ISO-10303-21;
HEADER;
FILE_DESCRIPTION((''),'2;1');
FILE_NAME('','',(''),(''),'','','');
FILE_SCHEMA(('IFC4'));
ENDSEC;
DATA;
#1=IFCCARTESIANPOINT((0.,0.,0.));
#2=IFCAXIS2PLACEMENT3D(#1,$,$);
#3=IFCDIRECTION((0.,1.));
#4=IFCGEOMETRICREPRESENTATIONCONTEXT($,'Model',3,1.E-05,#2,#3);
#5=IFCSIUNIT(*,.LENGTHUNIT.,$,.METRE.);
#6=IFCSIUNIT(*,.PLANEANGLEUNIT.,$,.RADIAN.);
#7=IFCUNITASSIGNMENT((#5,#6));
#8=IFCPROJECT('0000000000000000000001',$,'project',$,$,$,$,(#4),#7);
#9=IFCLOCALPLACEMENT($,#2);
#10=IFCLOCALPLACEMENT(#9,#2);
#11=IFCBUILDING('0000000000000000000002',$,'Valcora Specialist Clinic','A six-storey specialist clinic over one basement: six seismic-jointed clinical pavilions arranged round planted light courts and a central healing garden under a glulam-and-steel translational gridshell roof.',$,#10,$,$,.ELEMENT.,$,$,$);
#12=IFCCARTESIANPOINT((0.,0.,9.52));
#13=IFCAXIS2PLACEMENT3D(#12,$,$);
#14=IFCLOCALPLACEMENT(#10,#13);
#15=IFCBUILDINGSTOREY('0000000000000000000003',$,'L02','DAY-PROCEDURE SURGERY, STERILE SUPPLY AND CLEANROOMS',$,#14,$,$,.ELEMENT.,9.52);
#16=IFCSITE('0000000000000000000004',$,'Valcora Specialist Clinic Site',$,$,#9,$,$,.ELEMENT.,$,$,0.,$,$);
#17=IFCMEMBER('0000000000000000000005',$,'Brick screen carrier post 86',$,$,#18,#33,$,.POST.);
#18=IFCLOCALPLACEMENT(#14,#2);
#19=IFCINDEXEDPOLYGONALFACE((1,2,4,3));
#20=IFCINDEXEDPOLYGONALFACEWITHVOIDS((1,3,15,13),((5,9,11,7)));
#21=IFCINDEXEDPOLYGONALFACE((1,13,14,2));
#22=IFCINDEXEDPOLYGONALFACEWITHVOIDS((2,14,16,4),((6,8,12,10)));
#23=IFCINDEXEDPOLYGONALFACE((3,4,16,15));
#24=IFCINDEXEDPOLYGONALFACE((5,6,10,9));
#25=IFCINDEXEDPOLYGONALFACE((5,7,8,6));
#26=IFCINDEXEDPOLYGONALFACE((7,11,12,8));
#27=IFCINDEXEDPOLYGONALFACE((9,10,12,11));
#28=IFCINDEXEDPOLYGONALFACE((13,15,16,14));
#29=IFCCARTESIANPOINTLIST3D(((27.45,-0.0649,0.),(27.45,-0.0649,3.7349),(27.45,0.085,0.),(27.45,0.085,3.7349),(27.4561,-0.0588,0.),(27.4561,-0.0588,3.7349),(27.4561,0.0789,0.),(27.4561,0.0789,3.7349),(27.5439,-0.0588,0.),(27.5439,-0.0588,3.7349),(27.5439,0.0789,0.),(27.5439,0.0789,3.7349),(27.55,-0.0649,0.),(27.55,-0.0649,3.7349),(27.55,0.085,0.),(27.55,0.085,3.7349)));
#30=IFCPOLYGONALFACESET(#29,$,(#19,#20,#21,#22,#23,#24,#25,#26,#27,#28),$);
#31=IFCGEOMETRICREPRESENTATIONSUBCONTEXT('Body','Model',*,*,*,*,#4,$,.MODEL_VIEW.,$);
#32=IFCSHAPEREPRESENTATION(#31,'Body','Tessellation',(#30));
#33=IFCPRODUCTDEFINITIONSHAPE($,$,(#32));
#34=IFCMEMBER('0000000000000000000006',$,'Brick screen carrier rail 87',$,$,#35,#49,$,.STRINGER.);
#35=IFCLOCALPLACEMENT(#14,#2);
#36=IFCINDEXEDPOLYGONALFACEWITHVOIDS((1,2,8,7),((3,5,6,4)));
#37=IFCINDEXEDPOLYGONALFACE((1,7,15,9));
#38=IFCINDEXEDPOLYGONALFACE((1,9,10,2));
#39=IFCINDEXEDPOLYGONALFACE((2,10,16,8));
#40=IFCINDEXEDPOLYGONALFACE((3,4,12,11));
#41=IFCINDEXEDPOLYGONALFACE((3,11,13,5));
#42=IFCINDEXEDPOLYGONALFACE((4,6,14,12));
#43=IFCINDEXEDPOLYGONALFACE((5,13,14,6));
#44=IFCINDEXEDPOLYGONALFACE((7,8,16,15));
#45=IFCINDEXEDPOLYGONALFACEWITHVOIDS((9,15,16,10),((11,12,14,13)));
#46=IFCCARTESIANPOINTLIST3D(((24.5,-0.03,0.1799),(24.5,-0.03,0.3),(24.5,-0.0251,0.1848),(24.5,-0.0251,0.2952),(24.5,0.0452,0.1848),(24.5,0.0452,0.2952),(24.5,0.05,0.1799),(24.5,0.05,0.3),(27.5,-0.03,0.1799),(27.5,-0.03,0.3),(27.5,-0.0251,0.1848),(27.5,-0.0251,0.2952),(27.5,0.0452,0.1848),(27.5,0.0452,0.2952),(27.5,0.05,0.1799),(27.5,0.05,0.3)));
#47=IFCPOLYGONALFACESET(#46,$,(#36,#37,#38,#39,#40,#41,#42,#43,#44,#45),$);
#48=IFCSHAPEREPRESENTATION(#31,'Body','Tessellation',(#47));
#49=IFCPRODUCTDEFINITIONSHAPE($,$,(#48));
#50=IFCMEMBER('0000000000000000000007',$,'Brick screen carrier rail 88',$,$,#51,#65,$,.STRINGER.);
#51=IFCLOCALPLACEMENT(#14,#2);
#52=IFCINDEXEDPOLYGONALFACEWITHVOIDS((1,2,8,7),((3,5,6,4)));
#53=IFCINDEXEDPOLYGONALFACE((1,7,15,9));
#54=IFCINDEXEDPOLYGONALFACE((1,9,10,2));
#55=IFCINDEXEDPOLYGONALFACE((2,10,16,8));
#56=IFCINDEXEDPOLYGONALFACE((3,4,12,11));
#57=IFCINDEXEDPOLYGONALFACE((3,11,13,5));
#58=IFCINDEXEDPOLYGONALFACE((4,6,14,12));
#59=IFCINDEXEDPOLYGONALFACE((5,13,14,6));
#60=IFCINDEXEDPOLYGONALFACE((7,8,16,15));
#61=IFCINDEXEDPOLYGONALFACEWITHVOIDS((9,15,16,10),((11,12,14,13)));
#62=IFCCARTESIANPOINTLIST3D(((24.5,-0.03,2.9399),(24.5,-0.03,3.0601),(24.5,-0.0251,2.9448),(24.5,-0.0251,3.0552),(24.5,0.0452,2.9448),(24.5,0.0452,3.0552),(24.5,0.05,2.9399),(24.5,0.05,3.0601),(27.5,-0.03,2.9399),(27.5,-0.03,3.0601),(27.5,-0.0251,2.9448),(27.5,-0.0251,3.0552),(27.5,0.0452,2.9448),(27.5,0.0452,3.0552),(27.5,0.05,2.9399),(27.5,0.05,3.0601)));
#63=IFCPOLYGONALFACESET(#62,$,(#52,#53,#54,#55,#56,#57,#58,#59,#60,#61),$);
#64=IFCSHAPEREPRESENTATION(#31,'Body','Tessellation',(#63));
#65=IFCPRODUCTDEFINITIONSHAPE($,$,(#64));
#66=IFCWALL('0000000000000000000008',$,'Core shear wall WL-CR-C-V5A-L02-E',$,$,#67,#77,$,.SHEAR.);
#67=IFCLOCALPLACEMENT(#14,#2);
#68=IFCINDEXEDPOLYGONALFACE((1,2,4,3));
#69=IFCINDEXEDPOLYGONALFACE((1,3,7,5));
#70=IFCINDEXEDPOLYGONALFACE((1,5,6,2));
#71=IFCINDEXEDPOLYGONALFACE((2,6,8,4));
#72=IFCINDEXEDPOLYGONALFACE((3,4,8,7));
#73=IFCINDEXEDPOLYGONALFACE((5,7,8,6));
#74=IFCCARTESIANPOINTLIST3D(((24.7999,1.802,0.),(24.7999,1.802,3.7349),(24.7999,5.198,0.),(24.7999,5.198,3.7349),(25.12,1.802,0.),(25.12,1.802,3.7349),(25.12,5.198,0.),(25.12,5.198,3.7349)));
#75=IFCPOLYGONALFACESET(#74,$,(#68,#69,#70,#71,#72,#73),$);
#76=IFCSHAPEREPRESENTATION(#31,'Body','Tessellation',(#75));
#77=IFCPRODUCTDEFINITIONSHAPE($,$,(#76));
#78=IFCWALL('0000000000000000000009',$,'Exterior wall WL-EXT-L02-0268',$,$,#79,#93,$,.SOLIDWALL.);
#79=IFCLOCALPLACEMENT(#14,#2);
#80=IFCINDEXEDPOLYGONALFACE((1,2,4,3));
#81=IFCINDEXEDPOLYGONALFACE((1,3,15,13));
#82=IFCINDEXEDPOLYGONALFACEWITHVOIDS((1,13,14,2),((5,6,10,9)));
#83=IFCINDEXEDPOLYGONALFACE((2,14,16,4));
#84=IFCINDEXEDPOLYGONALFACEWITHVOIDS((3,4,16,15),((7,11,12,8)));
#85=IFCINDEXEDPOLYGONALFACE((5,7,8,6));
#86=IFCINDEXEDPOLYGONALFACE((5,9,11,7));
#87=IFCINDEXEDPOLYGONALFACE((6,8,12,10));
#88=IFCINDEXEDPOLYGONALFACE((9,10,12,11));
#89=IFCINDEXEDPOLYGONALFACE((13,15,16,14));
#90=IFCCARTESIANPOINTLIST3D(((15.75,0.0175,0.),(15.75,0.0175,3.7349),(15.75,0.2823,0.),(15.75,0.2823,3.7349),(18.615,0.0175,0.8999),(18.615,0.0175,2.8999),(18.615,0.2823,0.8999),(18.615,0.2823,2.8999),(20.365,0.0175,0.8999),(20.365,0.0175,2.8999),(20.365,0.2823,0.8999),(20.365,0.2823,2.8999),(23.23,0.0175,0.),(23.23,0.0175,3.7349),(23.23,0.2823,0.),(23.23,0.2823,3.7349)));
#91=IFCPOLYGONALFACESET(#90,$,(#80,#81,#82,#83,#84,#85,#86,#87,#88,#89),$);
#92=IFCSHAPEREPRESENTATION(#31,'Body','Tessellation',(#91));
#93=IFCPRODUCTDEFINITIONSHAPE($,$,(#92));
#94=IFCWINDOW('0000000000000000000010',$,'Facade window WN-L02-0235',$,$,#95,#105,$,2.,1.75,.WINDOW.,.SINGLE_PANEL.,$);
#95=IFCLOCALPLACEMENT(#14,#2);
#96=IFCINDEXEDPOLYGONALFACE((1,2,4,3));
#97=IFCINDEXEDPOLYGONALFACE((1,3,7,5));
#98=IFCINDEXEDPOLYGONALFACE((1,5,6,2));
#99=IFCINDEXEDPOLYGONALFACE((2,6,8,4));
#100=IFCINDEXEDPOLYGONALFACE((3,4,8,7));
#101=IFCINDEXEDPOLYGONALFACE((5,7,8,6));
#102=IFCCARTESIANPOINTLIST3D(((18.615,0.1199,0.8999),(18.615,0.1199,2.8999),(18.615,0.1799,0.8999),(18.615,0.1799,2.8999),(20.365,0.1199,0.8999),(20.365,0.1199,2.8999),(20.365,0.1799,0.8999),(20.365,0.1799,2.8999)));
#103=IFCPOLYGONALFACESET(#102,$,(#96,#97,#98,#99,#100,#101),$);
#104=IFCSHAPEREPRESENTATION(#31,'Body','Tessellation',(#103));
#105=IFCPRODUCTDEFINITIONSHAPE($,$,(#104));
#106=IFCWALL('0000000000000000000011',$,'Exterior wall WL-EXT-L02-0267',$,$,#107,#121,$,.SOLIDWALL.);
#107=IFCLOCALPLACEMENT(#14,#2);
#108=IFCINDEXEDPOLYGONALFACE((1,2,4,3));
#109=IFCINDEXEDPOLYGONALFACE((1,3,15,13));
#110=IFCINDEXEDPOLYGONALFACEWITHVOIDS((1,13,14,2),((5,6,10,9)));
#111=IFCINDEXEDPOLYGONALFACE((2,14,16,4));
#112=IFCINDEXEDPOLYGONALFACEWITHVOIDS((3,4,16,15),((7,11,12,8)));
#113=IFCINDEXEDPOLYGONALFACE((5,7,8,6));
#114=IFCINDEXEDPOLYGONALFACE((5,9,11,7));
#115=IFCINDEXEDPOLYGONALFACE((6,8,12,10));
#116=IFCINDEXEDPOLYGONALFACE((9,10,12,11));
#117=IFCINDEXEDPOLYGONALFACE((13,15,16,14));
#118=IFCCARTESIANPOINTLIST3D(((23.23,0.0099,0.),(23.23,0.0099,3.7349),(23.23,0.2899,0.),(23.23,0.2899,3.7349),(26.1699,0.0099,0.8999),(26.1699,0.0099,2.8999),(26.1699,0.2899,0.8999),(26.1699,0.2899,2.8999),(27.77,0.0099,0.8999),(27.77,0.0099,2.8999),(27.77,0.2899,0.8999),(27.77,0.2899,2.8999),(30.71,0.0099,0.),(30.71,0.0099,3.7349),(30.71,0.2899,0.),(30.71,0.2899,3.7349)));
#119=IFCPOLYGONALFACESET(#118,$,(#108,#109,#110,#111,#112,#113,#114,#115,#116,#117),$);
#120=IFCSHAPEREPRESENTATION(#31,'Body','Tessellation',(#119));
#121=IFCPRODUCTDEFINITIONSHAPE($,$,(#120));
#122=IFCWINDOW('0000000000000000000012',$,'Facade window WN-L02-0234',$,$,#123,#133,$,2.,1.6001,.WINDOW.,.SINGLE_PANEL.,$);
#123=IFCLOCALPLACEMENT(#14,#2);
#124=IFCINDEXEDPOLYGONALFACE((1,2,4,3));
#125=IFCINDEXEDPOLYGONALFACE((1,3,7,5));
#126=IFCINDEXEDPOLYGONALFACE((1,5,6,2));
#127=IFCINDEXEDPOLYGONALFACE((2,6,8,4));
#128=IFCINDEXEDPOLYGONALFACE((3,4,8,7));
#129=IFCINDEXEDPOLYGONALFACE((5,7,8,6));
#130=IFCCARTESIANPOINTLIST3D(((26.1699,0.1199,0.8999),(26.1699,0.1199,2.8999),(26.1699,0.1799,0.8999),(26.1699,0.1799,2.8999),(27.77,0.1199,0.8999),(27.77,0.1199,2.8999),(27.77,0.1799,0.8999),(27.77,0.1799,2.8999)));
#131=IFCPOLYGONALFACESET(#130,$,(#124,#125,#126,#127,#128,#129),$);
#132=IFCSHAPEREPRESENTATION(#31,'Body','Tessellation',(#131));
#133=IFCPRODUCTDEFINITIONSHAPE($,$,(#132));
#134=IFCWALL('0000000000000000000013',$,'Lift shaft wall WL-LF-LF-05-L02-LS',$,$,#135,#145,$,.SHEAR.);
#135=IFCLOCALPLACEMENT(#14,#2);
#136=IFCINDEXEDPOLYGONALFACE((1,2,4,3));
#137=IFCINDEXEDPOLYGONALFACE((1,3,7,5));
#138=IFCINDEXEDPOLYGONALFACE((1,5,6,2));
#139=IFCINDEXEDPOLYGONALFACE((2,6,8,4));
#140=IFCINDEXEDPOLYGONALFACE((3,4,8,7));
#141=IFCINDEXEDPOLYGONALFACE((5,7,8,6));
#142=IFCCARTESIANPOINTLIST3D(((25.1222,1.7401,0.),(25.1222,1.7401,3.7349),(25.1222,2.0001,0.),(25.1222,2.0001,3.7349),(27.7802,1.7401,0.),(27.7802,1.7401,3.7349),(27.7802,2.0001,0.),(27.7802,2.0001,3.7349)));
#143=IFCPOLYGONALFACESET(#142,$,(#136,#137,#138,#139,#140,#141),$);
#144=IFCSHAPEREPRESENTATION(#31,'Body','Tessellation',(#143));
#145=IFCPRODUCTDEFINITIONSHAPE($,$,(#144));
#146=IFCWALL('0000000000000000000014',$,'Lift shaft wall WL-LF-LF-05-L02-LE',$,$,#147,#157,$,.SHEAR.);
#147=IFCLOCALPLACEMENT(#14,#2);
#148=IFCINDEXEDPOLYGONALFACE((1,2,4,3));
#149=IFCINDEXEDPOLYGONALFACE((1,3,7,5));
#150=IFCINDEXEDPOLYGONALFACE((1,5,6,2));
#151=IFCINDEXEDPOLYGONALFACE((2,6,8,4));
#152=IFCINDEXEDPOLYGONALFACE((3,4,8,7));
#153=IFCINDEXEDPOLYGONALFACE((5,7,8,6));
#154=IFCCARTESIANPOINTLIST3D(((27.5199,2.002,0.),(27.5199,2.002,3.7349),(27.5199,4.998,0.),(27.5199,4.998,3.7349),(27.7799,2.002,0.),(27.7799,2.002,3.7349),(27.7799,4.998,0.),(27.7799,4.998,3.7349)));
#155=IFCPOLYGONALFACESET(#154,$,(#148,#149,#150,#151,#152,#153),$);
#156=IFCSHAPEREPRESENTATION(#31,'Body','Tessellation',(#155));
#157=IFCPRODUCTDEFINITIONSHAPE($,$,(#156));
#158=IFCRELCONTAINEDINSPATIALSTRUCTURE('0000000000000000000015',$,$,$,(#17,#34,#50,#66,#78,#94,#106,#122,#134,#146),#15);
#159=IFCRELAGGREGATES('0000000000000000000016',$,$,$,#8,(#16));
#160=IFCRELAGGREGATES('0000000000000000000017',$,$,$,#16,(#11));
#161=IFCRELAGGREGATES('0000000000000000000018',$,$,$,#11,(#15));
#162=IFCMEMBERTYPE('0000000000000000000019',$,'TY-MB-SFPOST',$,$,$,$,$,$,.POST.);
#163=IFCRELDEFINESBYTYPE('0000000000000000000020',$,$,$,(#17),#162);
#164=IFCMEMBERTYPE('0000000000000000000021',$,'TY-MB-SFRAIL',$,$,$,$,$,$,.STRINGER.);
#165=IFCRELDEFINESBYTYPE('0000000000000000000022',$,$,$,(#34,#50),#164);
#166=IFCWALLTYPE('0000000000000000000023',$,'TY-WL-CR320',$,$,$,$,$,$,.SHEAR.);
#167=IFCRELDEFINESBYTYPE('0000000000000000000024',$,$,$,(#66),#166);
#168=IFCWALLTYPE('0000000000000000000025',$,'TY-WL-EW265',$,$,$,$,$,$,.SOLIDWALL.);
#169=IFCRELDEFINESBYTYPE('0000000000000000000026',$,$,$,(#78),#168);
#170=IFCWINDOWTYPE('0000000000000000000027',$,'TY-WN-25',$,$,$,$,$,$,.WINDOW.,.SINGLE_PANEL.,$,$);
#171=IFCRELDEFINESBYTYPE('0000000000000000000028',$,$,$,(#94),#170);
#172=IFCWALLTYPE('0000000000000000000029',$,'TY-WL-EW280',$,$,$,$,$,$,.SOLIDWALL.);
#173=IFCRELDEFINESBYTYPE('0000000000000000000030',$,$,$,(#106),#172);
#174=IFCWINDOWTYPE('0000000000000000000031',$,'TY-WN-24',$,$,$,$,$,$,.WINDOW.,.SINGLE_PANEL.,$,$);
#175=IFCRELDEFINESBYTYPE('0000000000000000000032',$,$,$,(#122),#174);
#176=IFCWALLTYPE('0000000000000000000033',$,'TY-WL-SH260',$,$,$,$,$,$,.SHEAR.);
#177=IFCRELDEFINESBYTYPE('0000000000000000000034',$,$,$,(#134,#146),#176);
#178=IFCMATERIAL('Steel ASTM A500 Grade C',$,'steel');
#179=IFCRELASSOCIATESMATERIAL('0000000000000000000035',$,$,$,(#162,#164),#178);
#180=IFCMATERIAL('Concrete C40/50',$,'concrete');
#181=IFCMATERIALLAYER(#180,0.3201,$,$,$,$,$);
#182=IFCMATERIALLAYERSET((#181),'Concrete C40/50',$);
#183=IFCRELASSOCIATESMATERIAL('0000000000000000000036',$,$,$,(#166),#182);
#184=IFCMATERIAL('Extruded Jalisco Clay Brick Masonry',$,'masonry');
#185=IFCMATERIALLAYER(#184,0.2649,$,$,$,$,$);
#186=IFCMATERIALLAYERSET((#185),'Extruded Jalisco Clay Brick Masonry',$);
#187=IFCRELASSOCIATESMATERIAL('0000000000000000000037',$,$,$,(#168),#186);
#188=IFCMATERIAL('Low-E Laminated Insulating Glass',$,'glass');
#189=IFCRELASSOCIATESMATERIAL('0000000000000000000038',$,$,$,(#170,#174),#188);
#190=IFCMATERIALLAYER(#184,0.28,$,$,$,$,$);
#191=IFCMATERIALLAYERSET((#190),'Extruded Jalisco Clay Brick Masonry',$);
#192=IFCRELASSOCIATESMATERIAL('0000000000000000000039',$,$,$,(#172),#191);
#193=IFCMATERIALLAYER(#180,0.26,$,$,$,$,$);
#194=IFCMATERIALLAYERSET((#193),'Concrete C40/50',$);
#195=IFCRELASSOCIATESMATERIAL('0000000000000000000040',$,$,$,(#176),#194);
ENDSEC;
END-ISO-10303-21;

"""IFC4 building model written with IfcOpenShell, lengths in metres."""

from ifc_helpers import new_model, si_unit, direction, frame, frame_2d, origin, origin_2d, place, context, subcontext, project, spatial, rectangle, hollow_rectangle, extrude, material, layer, layer_set, material_profile, profile_set, type_object, element, fill, save


model = new_model("IFC4")

# Units and contexts
model_context = context("Model", 3, precision=1e-05, world=origin(), true_north=direction((0.0, 1.0)))
body_context = subcontext(model_context, "Body", "Model", "MODEL_VIEW")
ifc_project = project(units=[si_unit("LENGTHUNIT", "METRE"), si_unit("PLANEANGLEUNIT", "RADIAN")], contexts=[model_context])

# Site, building, storey
site_placement = place(None, origin())
site = spatial("IfcSite", under=ifc_project, at=site_placement, Name="Valcora Specialist Clinic Site", CompositionType="ELEMENT", RefElevation=0.0)
building_placement = place(site_placement, origin())
building = spatial("IfcBuilding", under=site, at=building_placement, Name="Valcora Specialist Clinic", Description="A six-storey specialist clinic over one basement: six seismic-jointed clinical pavilions arranged round planted light courts and a central healing garden under a glulam-and-steel translational gridshell roof.", CompositionType="ELEMENT")
storey_placement = place(building_placement, frame((0.0, 0.0, 9.52)))
storey = spatial("IfcBuildingStorey", under=building, at=storey_placement, Name="L02", Description="DAY-PROCEDURE SURGERY, STERILE SUPPLY AND CLEANROOMS", CompositionType="ELEMENT", Elevation=9.52)

# Shared definitions
ifc_material_1 = material(Name="Concrete C40/50", Category="concrete")

# Members
ifc_material_2 = material(Name="Steel ASTM A500 Grade C", Category="steel")
ifc_material_profile_1 = material_profile(ifc_material_2, hollow_rectangle(XDim=0.1001, YDim=0.1499, WallThickness=0.0061, at=origin_2d()), Name="ST-RHS-150X100X6")
ifc_profile_set_1 = profile_set([ifc_material_profile_1], Name="Steel ASTM A500 Grade C")
member_type_1 = type_object("IfcMemberType", Name="TY-MB-SFPOST", PredefinedType="POST", material=ifc_profile_set_1)
for number, where, z_axis, x_axis, name in (
    (1, (27.5, 0.01, 0.0), (0.0, 0.0, 1.0), (1.0, 0.0, 0.0), "Brick screen carrier post 86"),
):
    element("IfcMember", number, at=place(storey_placement, frame(where, z_axis=z_axis, x_axis=x_axis)), inside=storey, type_object=member_type_1, Name=name, PredefinedType="POST", context=body_context, shape_type="SweptSolid", body=[
        extrude(hollow_rectangle(XDim=0.1001, YDim=0.1499, WallThickness=0.0061, at=origin_2d()), origin(), (0.0, 0.0, 1.0), 3.7349),
    ])
ifc_material_profile_2 = material_profile(ifc_material_2, hollow_rectangle(XDim=0.0801, YDim=0.1201, WallThickness=0.0049, at=origin_2d()), Name="ST-RHS-120X80X5")
ifc_profile_set_2 = profile_set([ifc_material_profile_2], Name="Steel ASTM A500 Grade C")
member_type_2 = type_object("IfcMemberType", Name="TY-MB-SFRAIL", PredefinedType="STRINGER", material=ifc_profile_set_2)
for number, where, z_axis, x_axis, name in (
    (2, (24.5, 0.01, 0.24), (1.0, 0.0, 0.0), (0.0, 1.0, 0.0), "Brick screen carrier rail 87"),
    (3, (24.5, 0.01, 3.0), (1.0, 0.0, 0.0), (0.0, 1.0, 0.0), "Brick screen carrier rail 88"),
):
    element("IfcMember", number, at=place(storey_placement, frame(where, z_axis=z_axis, x_axis=x_axis)), inside=storey, type_object=member_type_2, Name=name, PredefinedType="STRINGER", context=body_context, shape_type="SweptSolid", body=[
        extrude(hollow_rectangle(XDim=0.0801, YDim=0.1201, WallThickness=0.0049, at=origin_2d()), origin(), (0.0, 0.0, 1.0), 3.0),
    ])

# Wall
ifc_layer_1 = layer(ifc_material_1, 0.3201)
ifc_layer_set_1 = layer_set([ifc_layer_1], Name="Concrete C40/50")
wall_type_1 = type_object("IfcWallType", Name="TY-WL-CR320", PredefinedType="SHEAR", material=ifc_layer_set_1)
wall_1_placement = place(storey_placement, frame((24.96, 1.802, 0.0), z_axis=(0.0, 0.0, 1.0), x_axis=(0.0, 1.0, 0.0)))
element("IfcWall", 4, at=wall_1_placement, inside=storey, type_object=wall_type_1, Name="Core shear wall WL-CR-C-V5A-L02-E", PredefinedType="SHEAR", context=body_context, shape_type="SweptSolid", body=[
    extrude(rectangle(XDim=3.396, YDim=0.3201, at=frame_2d((1.698, 0.0))), origin(), (0.0, 0.0, 1.0), 3.7349),
])

# Walls, openings, windows
ifc_material_3 = material(Name="Extruded Jalisco Clay Brick Masonry", Category="masonry")
ifc_layer_2 = layer(ifc_material_3, 0.2649)
ifc_layer_set_2 = layer_set([ifc_layer_2], Name="Extruded Jalisco Clay Brick Masonry")
wall_type_2 = type_object("IfcWallType", Name="TY-WL-EW265", PredefinedType="SOLIDWALL", material=ifc_layer_set_2)
wall_2_placement = place(storey_placement, frame((23.23, 0.1499, 0.0), z_axis=(0.0, 0.0, 1.0), x_axis=(-1.0, 0.0, 0.0)))
wall_2 = element("IfcWall", 5, at=wall_2_placement, inside=storey, type_object=wall_type_2, Name="Exterior wall WL-EXT-L02-0268", PredefinedType="SOLIDWALL", context=body_context, shape_type="SweptSolid", body=[
    extrude(rectangle(XDim=7.48, YDim=0.2649, at=frame_2d((3.74, 0.0))), origin(), (0.0, 0.0, 1.0), 3.7349),
])
opening_1_placement = place(wall_2_placement, frame((2.865, 0.0, 0.8999)))
opening_1 = element("IfcOpeningElement", 6, at=opening_1_placement, cuts=wall_2, PredefinedType="OPENING", context=body_context, shape_type="SweptSolid", body=[
    extrude(rectangle(XDim=1.75, YDim=2.0, at=frame_2d((0.875, 1.0))), frame((0.0, 0.1423, 0.0), z_axis=(0.0, -1.0, 0.0), x_axis=(1.0, 0.0, 0.0)), (0.0, 0.0, 1.0), 0.2849),
])
ifc_material_4 = material(Name="Low-E Laminated Insulating Glass", Category="glass")
window_type_1 = type_object("IfcWindowType", Name="TY-WN-25", PartitioningType="SINGLE_PANEL", PredefinedType="WINDOW", material=ifc_material_4)
window_1_placement = place(opening_1_placement, origin())
window_1 = element("IfcWindow", 7, at=window_1_placement, inside=storey, type_object=window_type_1, Name="Facade window WN-L02-0235", OverallHeight=2.0, OverallWidth=1.75, PartitioningType="SINGLE_PANEL", PredefinedType="WINDOW", context=body_context, shape_type="SweptSolid", body=[
    extrude(rectangle(XDim=1.75, YDim=2.0, at=frame_2d((0.875, 1.0))), frame((0.0, 0.03, 0.0), z_axis=(0.0, -1.0, 0.0), x_axis=(1.0, 0.0, 0.0)), (0.0, 0.0, 1.0), 0.0601),
])
fill(opening_1, window_1)
ifc_layer_3 = layer(ifc_material_3, 0.28)
ifc_layer_set_3 = layer_set([ifc_layer_3], Name="Extruded Jalisco Clay Brick Masonry")
wall_type_3 = type_object("IfcWallType", Name="TY-WL-EW280", PredefinedType="SOLIDWALL", material=ifc_layer_set_3)
wall_3_placement = place(storey_placement, frame((30.71, 0.1499, 0.0), z_axis=(0.0, 0.0, 1.0), x_axis=(-1.0, 0.0, 0.0)))
wall_3 = element("IfcWall", 8, at=wall_3_placement, inside=storey, type_object=wall_type_3, Name="Exterior wall WL-EXT-L02-0267", PredefinedType="SOLIDWALL", context=body_context, shape_type="SweptSolid", body=[
    extrude(rectangle(XDim=7.48, YDim=0.28, at=frame_2d((3.74, 0.0))), origin(), (0.0, 0.0, 1.0), 3.7349),
])
opening_2_placement = place(wall_3_placement, frame((2.9399, 0.0, 0.8999)))
opening_2 = element("IfcOpeningElement", 9, at=opening_2_placement, cuts=wall_3, PredefinedType="OPENING", context=body_context, shape_type="SweptSolid", body=[
    extrude(rectangle(XDim=1.6001, YDim=2.0, at=frame_2d((0.8, 1.0))), frame((0.0, 0.1499, 0.0), z_axis=(0.0, -1.0, 0.0), x_axis=(1.0, 0.0, 0.0)), (0.0, 0.0, 1.0), 0.3),
])
window_type_2 = type_object("IfcWindowType", Name="TY-WN-24", PartitioningType="SINGLE_PANEL", PredefinedType="WINDOW", material=ifc_material_4)
window_2_placement = place(opening_2_placement, origin())
window_2 = element("IfcWindow", 10, at=window_2_placement, inside=storey, type_object=window_type_2, Name="Facade window WN-L02-0234", OverallHeight=2.0, OverallWidth=1.6001, PartitioningType="SINGLE_PANEL", PredefinedType="WINDOW", context=body_context, shape_type="SweptSolid", body=[
    extrude(rectangle(XDim=1.6001, YDim=2.0, at=frame_2d((0.8, 1.0))), frame((0.0, 0.03, 0.0), z_axis=(0.0, -1.0, 0.0), x_axis=(1.0, 0.0, 0.0)), (0.0, 0.0, 1.0), 0.0601),
])
fill(opening_2, window_2)

# Walls
ifc_layer_4 = layer(ifc_material_1, 0.26)
ifc_layer_set_4 = layer_set([ifc_layer_4], Name="Concrete C40/50")
wall_type_4 = type_object("IfcWallType", Name="TY-WL-SH260", PredefinedType="SHEAR", material=ifc_layer_set_4)
wall_4_placement = place(storey_placement, frame((25.1221, 1.8701, 0.0), z_axis=(0.0, 0.0, 1.0), x_axis=(1.0, 0.0, 0.0)))
element("IfcWall", 11, at=wall_4_placement, inside=storey, type_object=wall_type_4, Name="Lift shaft wall WL-LF-LF-05-L02-LS", PredefinedType="SHEAR", context=body_context, shape_type="SweptSolid", body=[
    extrude(rectangle(XDim=2.658, YDim=0.26, at=frame_2d((1.3291, 0.0))), origin(), (0.0, 0.0, 1.0), 3.7349),
])
wall_5_placement = place(storey_placement, frame((27.6499, 2.002, 0.0), z_axis=(0.0, 0.0, 1.0), x_axis=(0.0, 1.0, 0.0)))
element("IfcWall", 12, at=wall_5_placement, inside=storey, type_object=wall_type_4, Name="Lift shaft wall WL-LF-LF-05-L02-LE", PredefinedType="SHEAR", context=body_context, shape_type="SweptSolid", body=[
    extrude(rectangle(XDim=2.9961, YDim=0.26, at=frame_2d((1.498, 0.0))), origin(), (0.0, 0.0, 1.0), 3.7349),
])

save(model, "model.ifc")
